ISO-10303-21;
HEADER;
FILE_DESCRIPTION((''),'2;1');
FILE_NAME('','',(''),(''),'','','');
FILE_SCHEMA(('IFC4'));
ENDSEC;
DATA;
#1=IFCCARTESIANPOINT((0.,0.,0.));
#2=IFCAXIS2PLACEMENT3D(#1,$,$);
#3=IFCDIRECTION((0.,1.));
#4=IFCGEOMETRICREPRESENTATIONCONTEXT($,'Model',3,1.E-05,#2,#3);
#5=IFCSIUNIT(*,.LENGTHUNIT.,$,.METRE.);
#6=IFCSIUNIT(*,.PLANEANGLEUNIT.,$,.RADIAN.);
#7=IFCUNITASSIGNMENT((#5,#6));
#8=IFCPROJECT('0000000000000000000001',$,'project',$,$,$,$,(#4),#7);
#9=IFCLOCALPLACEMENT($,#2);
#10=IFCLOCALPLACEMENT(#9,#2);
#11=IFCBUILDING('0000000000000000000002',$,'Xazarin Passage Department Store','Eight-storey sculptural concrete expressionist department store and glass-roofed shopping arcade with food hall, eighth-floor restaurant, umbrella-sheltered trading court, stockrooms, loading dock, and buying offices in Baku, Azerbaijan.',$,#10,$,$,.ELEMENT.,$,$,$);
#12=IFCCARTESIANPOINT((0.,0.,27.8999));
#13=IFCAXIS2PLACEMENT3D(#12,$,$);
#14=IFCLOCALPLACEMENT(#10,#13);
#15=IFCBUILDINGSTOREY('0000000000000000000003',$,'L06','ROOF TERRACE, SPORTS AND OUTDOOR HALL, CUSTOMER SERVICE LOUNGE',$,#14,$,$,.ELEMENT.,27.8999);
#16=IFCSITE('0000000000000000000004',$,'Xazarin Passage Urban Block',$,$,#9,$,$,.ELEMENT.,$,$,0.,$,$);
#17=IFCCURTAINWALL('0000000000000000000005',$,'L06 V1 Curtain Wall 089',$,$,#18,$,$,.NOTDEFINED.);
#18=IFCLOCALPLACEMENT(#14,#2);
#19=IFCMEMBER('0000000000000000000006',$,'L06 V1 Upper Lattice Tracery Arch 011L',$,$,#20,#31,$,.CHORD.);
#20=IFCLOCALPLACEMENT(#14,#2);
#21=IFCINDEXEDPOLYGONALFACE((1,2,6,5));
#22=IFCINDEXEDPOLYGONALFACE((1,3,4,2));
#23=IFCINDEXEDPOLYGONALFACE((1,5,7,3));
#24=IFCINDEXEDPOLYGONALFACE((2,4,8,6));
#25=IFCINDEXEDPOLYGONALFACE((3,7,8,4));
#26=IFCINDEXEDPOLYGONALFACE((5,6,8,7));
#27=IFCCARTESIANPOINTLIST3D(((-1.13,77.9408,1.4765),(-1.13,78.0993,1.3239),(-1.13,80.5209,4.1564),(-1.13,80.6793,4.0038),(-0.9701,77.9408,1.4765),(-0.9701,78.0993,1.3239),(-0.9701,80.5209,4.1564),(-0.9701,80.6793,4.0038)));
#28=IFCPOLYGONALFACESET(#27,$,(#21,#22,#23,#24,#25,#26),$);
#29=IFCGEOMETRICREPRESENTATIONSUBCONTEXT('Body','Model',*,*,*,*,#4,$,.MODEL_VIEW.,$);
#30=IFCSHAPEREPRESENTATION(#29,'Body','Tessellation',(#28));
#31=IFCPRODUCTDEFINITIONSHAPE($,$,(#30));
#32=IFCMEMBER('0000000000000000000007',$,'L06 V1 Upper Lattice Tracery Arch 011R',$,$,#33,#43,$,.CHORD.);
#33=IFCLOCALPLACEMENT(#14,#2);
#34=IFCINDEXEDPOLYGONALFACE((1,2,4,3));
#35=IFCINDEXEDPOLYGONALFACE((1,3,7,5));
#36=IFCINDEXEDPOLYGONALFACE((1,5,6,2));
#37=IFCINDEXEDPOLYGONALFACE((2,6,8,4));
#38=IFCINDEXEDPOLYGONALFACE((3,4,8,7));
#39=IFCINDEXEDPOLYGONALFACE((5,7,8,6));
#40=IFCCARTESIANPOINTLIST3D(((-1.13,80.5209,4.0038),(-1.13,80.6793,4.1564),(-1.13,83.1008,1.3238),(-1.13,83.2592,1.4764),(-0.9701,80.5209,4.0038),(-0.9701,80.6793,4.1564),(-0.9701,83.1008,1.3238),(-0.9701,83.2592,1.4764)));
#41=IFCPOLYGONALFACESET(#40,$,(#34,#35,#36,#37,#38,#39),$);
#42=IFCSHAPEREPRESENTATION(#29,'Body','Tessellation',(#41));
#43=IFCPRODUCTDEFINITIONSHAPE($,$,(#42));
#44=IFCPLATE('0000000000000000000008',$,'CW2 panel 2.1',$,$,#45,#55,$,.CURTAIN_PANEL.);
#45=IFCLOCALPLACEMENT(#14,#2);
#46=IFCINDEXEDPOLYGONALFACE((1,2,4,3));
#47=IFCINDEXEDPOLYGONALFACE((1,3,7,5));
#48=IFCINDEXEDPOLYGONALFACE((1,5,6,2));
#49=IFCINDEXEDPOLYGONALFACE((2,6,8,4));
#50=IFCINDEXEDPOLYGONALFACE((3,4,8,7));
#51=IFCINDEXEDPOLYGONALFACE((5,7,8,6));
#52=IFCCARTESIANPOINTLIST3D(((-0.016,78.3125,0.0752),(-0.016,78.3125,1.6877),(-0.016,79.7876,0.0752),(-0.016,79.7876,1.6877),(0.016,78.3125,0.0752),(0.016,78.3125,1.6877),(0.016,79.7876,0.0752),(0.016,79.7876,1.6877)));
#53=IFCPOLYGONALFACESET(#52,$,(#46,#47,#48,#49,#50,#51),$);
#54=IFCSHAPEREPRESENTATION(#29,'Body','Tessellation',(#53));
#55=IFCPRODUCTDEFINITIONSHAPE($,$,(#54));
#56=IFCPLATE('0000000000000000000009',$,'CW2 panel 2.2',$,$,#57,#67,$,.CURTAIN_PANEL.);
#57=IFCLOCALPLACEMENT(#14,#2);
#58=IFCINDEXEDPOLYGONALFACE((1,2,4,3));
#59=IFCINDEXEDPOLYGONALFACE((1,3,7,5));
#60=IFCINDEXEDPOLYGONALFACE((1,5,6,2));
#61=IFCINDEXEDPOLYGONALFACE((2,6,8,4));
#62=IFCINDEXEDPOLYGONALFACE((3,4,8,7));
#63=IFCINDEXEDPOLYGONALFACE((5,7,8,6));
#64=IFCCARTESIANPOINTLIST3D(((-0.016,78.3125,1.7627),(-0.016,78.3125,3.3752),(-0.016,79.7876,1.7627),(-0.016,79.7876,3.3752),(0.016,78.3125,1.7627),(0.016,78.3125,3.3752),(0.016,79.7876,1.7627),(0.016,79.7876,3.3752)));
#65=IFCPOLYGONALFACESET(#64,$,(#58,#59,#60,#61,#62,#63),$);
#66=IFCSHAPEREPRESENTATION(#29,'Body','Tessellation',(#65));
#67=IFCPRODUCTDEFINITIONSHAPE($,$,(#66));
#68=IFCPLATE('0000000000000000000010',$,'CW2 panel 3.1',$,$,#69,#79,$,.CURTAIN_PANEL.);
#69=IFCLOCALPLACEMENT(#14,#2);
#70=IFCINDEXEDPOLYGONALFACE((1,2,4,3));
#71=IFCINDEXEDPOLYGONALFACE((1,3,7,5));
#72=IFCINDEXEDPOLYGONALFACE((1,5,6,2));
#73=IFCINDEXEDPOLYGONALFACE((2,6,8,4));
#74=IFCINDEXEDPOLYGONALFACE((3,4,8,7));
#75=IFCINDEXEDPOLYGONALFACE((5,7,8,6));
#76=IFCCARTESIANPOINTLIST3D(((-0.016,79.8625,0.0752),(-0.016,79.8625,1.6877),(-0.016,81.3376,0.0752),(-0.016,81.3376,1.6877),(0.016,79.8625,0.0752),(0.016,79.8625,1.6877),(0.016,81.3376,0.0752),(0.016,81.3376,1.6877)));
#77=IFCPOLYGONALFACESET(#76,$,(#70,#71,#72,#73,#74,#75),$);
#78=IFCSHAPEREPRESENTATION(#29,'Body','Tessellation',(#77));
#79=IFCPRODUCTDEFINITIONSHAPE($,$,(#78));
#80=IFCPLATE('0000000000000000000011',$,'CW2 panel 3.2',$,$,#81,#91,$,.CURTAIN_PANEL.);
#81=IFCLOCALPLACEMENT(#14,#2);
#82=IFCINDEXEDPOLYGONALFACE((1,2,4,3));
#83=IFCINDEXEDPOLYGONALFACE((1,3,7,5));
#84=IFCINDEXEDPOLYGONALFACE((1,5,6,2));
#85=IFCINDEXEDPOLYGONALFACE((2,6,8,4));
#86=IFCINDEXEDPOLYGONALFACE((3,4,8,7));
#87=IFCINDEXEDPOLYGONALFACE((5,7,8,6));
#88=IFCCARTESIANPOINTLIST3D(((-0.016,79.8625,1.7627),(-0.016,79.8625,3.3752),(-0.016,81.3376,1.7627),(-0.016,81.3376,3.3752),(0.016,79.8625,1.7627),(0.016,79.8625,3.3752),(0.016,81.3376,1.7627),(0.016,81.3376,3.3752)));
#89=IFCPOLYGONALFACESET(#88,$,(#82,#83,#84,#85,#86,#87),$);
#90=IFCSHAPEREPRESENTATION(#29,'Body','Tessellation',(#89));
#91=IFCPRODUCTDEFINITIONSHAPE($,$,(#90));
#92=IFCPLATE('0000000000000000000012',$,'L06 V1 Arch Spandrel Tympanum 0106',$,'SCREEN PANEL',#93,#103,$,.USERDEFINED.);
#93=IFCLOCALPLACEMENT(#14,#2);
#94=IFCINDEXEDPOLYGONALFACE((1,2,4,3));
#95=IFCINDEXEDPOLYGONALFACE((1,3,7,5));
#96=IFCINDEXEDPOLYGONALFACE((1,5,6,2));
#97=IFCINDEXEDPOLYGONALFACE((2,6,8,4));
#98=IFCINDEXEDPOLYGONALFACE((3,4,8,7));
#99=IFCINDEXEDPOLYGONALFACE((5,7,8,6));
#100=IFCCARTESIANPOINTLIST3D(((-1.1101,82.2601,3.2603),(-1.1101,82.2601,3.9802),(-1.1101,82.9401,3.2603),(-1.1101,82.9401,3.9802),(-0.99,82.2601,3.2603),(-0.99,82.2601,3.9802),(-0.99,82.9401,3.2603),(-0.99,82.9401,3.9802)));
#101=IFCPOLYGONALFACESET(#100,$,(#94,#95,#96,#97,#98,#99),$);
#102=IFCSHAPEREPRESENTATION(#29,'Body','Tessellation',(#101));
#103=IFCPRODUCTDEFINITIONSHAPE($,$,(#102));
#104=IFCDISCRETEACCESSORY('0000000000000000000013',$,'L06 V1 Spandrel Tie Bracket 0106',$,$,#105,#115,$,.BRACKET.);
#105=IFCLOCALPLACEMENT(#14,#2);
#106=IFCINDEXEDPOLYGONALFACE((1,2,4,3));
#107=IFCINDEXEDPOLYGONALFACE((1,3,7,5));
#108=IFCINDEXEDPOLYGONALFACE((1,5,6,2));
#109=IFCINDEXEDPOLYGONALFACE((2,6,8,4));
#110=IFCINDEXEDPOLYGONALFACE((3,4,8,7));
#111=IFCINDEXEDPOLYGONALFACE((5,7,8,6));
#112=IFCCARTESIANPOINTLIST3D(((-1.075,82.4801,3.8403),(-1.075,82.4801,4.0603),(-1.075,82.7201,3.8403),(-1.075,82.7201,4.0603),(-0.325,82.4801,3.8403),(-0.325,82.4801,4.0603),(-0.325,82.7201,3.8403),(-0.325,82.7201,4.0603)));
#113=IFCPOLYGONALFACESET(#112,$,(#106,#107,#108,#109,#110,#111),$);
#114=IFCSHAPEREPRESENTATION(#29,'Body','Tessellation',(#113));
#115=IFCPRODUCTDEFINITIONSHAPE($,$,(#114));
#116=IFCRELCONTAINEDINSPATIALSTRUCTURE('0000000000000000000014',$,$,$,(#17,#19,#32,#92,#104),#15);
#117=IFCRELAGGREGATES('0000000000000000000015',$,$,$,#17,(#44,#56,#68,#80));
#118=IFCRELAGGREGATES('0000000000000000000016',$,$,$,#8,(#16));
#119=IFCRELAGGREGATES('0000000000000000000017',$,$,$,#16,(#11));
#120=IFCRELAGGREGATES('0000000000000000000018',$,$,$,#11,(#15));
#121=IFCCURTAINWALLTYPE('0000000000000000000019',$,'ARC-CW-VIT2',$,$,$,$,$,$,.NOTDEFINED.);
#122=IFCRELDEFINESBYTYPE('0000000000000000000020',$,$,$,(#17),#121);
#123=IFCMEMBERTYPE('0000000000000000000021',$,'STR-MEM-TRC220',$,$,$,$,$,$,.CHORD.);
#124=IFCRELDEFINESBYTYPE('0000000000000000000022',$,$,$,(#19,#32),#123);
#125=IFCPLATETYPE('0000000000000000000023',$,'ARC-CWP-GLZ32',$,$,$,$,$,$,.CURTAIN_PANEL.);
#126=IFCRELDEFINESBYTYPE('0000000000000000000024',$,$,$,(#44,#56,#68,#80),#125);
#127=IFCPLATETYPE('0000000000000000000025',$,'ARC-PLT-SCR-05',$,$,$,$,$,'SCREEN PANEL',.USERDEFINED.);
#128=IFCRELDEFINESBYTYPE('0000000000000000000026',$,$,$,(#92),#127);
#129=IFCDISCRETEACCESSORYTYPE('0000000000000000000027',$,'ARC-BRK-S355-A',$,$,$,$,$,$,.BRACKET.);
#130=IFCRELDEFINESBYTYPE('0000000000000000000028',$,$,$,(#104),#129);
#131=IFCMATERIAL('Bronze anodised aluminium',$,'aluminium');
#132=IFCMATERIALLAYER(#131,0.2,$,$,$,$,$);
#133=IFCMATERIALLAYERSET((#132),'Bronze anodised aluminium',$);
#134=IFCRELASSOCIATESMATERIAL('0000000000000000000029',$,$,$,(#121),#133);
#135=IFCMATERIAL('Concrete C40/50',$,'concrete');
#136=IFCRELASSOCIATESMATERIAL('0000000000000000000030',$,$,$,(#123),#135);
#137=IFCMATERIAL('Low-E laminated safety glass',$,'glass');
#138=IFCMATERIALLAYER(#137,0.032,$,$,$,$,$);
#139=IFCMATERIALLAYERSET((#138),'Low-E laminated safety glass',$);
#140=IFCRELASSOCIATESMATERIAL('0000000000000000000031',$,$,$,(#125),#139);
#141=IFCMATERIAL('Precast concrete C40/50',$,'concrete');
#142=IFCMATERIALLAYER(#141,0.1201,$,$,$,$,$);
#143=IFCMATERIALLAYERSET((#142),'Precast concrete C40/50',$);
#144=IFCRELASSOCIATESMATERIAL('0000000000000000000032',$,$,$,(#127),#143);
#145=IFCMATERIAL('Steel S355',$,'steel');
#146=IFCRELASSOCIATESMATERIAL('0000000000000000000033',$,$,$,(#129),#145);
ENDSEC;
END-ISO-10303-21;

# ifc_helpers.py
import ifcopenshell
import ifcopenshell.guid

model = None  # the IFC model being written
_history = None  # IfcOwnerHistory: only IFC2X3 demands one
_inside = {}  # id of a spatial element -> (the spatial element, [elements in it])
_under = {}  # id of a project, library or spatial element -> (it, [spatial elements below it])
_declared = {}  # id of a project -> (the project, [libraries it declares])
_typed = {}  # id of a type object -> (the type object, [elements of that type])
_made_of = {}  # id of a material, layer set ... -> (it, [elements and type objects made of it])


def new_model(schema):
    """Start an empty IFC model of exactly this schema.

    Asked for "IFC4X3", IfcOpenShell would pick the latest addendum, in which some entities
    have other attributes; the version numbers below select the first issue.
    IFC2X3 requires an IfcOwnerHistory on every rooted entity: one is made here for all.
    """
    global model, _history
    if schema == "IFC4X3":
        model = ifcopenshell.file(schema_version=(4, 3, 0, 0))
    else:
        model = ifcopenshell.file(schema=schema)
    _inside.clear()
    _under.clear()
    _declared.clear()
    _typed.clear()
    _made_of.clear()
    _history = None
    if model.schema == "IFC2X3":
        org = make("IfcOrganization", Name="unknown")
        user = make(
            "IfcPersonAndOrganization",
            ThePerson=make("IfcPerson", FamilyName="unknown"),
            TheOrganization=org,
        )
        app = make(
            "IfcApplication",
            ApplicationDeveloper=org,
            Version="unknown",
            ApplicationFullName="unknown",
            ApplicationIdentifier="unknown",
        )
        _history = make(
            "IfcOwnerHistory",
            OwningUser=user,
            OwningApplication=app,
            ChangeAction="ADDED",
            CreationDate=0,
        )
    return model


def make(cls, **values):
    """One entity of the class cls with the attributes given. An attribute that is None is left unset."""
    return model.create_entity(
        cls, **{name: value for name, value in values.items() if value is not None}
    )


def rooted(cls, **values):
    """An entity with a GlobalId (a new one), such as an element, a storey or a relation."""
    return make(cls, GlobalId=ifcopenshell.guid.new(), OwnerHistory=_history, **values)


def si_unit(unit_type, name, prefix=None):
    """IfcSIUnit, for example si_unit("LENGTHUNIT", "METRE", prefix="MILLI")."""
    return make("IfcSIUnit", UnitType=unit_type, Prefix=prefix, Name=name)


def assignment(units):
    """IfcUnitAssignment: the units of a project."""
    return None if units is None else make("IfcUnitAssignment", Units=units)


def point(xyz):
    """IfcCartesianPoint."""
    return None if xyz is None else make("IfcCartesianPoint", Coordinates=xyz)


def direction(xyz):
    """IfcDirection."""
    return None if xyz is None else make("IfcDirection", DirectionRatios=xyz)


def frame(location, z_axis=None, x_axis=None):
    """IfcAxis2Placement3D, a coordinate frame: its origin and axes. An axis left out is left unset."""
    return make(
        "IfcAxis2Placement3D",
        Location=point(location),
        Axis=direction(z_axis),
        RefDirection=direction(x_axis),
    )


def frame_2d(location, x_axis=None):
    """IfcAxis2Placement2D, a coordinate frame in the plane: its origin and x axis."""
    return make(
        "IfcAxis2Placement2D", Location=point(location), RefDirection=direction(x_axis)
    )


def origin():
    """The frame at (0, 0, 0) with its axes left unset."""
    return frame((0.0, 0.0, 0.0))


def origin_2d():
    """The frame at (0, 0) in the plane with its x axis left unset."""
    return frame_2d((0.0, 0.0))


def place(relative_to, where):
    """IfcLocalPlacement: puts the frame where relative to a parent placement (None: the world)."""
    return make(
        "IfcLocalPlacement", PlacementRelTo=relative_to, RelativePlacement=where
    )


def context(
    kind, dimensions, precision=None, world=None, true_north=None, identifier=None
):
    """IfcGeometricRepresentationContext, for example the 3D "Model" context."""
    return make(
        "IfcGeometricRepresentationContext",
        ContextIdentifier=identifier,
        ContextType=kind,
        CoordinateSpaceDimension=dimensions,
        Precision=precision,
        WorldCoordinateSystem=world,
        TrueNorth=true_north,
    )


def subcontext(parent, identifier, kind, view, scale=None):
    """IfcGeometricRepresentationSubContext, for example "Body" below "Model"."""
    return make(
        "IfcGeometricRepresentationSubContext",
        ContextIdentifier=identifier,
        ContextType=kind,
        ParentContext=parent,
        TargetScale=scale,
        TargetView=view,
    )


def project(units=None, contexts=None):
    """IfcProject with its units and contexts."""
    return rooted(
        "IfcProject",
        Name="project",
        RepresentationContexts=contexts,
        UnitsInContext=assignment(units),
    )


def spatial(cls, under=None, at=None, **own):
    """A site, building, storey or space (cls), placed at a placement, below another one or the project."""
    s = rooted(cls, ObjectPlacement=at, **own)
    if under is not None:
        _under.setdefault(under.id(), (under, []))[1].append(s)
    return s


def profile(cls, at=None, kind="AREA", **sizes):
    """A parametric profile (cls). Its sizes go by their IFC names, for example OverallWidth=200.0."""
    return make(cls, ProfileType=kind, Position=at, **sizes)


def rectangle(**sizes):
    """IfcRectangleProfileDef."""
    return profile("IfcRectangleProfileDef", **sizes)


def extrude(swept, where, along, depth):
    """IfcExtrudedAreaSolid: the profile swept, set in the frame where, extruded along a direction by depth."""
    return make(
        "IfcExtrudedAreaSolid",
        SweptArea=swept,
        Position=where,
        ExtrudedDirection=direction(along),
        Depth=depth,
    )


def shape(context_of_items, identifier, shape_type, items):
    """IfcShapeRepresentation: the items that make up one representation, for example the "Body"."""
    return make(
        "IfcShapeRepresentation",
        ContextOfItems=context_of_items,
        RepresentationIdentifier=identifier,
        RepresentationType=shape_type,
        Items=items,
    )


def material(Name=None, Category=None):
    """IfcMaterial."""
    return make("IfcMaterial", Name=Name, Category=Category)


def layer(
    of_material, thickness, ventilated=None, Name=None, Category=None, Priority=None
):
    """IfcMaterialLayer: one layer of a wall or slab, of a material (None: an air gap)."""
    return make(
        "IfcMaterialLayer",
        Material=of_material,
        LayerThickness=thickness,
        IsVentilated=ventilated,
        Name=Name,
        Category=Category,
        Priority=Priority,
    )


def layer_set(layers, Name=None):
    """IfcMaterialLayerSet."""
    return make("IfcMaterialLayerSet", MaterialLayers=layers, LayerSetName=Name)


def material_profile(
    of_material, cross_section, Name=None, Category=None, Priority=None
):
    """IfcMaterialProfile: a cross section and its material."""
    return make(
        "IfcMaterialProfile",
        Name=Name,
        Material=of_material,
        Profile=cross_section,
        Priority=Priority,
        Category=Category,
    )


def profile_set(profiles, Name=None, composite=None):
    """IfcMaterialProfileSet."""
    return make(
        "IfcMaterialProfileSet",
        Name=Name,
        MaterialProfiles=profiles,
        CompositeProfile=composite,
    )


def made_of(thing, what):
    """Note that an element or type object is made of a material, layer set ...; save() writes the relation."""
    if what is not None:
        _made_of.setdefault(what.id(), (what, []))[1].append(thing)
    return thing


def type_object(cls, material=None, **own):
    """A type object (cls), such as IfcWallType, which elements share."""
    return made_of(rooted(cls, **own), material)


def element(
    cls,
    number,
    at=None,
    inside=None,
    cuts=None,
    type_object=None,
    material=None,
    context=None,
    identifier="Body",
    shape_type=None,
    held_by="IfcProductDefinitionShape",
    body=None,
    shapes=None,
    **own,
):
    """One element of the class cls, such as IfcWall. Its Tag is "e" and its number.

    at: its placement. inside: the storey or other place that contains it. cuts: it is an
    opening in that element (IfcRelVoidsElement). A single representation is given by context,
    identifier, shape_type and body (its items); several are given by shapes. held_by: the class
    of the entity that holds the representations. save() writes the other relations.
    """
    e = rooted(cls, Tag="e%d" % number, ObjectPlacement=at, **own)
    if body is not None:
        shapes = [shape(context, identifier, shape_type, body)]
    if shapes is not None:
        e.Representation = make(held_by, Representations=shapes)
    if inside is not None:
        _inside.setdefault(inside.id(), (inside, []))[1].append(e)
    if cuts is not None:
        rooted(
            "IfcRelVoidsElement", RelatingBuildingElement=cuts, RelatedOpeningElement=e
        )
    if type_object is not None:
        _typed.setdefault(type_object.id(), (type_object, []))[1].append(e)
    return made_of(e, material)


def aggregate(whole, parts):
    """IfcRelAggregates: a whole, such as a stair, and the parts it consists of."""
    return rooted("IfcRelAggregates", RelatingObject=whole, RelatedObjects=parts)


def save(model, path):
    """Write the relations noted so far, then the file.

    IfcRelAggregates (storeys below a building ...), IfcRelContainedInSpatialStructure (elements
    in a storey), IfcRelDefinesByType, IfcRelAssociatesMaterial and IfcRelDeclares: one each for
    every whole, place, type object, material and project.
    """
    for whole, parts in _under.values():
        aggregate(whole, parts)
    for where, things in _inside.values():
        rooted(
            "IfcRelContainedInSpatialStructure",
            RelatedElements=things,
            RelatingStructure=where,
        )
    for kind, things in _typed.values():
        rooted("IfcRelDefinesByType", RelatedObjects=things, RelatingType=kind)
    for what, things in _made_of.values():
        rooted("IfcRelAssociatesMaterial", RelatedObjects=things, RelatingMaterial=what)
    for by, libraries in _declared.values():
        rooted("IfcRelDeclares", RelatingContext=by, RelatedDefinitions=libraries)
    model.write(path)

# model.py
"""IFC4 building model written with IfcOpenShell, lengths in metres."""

from ifc_helpers import new_model, si_unit, direction, frame, origin, origin_2d, place, context, subcontext, project, spatial, rectangle, extrude, material, layer, layer_set, material_profile, profile_set, type_object, element, aggregate, save


model = new_model("IFC4")

# Units and contexts
model_context = context("Model", 3, precision=1e-05, world=origin(), true_north=direction((0.0, 1.0)))
body_context = subcontext(model_context, "Body", "Model", "MODEL_VIEW")
ifc_project = project(units=[si_unit("LENGTHUNIT", "METRE"), si_unit("PLANEANGLEUNIT", "RADIAN")], contexts=[model_context])

# Site, building, storey
site_placement = place(None, origin())
site = spatial("IfcSite", under=ifc_project, at=site_placement, Name="Xazarin Passage Urban Block", CompositionType="ELEMENT", RefElevation=0.0)
building_placement = place(site_placement, origin())
building = spatial("IfcBuilding", under=site, at=building_placement, Name="Xazarin Passage Department Store", Description="Eight-storey sculptural concrete expressionist department store and glass-roofed shopping arcade with food hall, eighth-floor restaurant, umbrella-sheltered trading court, stockrooms, loading dock, and buying offices in Baku, Azerbaijan.", CompositionType="ELEMENT")
storey_placement = place(building_placement, frame((0.0, 0.0, 27.8999)))
storey = spatial("IfcBuildingStorey", under=building, at=storey_placement, Name="L06", Description="ROOF TERRACE, SPORTS AND OUTDOOR HALL, CUSTOMER SERVICE LOUNGE", CompositionType="ELEMENT", Elevation=27.8999)

# Shared definitions
ifc_material_1 = material(Name="Concrete C40/50", Category="concrete")

# Curtain wall
ifc_material_2 = material(Name="Bronze anodised aluminium", Category="aluminium")
ifc_layer_1 = layer(ifc_material_2, 0.2)
ifc_layer_set_1 = layer_set([ifc_layer_1], Name="Bronze anodised aluminium")
curtain_wall_type = type_object("IfcCurtainWallType", Name="ARC-CW-VIT2", PredefinedType="NOTDEFINED", material=ifc_layer_set_1)
curtain_wall_placement = place(storey_placement, origin())
curtain_wall = element("IfcCurtainWall", 1, at=curtain_wall_placement, inside=storey, type_object=curtain_wall_type, Name="L06 V1 Curtain Wall 089", PredefinedType="NOTDEFINED")

# Members
ifc_material_profile_1 = material_profile(ifc_material_1, rectangle(XDim=0.1599, YDim=0.22, at=origin_2d()), Name="RC 160x220")
ifc_profile_set_1 = profile_set([ifc_material_profile_1], Name="Concrete C40/50")
member_type_1 = type_object("IfcMemberType", Name="STR-MEM-TRC220", PredefinedType="CHORD", material=ifc_profile_set_1)
for number, where, z_axis, x_axis, name in (
    (2, (-1.05, 80.6001, 4.0801), (0.0, -0.693558, -0.7204), (1.0, 0.0, 0.0), "L06 V1 Upper Lattice Tracery Arch 011L"),
    (3, (-1.05, 80.6001, 4.0801), (0.0, 0.693524, -0.720433), (-1.0, 0.0, 0.0), "L06 V1 Upper Lattice Tracery Arch 011R"),
):
    element("IfcMember", number, at=place(storey_placement, frame(where, z_axis=z_axis, x_axis=x_axis)), inside=storey, type_object=member_type_1, Name=name, PredefinedType="CHORD", context=body_context, shape_type="SweptSolid", body=[
        extrude(rectangle(XDim=0.1599, YDim=0.22, at=origin_2d()), origin(), (0.0, 0.0, 1.0), 3.72),
    ])

# Plates
ifc_material_3 = material(Name="Low-E laminated safety glass", Category="glass")
ifc_layer_2 = layer(ifc_material_3, 0.032)
ifc_layer_set_2 = layer_set([ifc_layer_2], Name="Low-E laminated safety glass")
plate_type_1 = type_object("IfcPlateType", Name="ARC-CWP-GLZ32", PredefinedType="CURTAIN_PANEL", material=ifc_layer_set_2)
plate_1_placement = place(storey_placement, frame((0.0, 79.05, 0.0752), z_axis=(0.0, 0.0, 1.0), x_axis=(0.0, 1.0, 0.0)))
plate_1 = element("IfcPlate", 4, at=plate_1_placement, type_object=plate_type_1, Name="CW2 panel 2.1", PredefinedType="CURTAIN_PANEL", context=body_context, shape_type="SweptSolid", body=[
    extrude(rectangle(XDim=1.4751, YDim=0.032, at=origin_2d()), origin(), (0.0, 0.0, 1.0), 1.6125),
])
plate_2_placement = place(storey_placement, frame((0.0, 79.05, 1.7627), z_axis=(0.0, 0.0, 1.0), x_axis=(0.0, 1.0, 0.0)))
plate_2 = element("IfcPlate", 5, at=plate_2_placement, type_object=plate_type_1, Name="CW2 panel 2.2", PredefinedType="CURTAIN_PANEL", context=body_context, shape_type="SweptSolid", body=[
    extrude(rectangle(XDim=1.4751, YDim=0.032, at=origin_2d()), origin(), (0.0, 0.0, 1.0), 1.6125),
])
plate_3_placement = place(storey_placement, frame((0.0, 80.6001, 0.0752), z_axis=(0.0, 0.0, 1.0), x_axis=(0.0, 1.0, 0.0)))
plate_3 = element("IfcPlate", 6, at=plate_3_placement, type_object=plate_type_1, Name="CW2 panel 3.1", PredefinedType="CURTAIN_PANEL", context=body_context, shape_type="SweptSolid", body=[
    extrude(rectangle(XDim=1.4751, YDim=0.032, at=origin_2d()), origin(), (0.0, 0.0, 1.0), 1.6125),
])
plate_4_placement = place(storey_placement, frame((0.0, 80.6001, 1.7627), z_axis=(0.0, 0.0, 1.0), x_axis=(0.0, 1.0, 0.0)))
plate_4 = element("IfcPlate", 7, at=plate_4_placement, type_object=plate_type_1, Name="CW2 panel 3.2", PredefinedType="CURTAIN_PANEL", context=body_context, shape_type="SweptSolid", body=[
    extrude(rectangle(XDim=1.4751, YDim=0.032, at=origin_2d()), origin(), (0.0, 0.0, 1.0), 1.6125),
])
aggregate(curtain_wall, [plate_1, plate_2, plate_3, plate_4])
ifc_material_4 = material(Name="Precast concrete C40/50", Category="concrete")
ifc_layer_3 = layer(ifc_material_4, 0.1201)
ifc_layer_set_3 = layer_set([ifc_layer_3], Name="Precast concrete C40/50")
plate_type_2 = type_object("IfcPlateType", Name="ARC-PLT-SCR-05", ElementType="SCREEN PANEL", PredefinedType="USERDEFINED", material=ifc_layer_set_3)
plate_5_placement = place(storey_placement, frame((-1.05, 82.6001, 3.2603), z_axis=(0.0, 0.0, 1.0), x_axis=(0.0, 1.0, 0.0)))
element("IfcPlate", 8, at=plate_5_placement, inside=storey, type_object=plate_type_2, Name="L06 V1 Arch Spandrel Tympanum 0106", ObjectType="SCREEN PANEL", PredefinedType="USERDEFINED", context=body_context, shape_type="SweptSolid", body=[
    extrude(rectangle(XDim=0.6799, YDim=0.1201, at=origin_2d()), origin(), (0.0, 0.0, 1.0), 0.72),
])

# Discrete accessory
ifc_material_5 = material(Name="Steel S355", Category="steel")
discrete_accessory_type = type_object("IfcDiscreteAccessoryType", Name="ARC-BRK-S355-A", PredefinedType="BRACKET", material=ifc_material_5)
discrete_accessory_placement = place(storey_placement, frame((-0.7, 82.6001, 3.8403), z_axis=(0.0, 0.0, 1.0), x_axis=(0.0, 1.0, 0.0)))
element("IfcDiscreteAccessory", 9, at=discrete_accessory_placement, inside=storey, type_object=discrete_accessory_type, Name="L06 V1 Spandrel Tie Bracket 0106", PredefinedType="BRACKET", context=body_context, shape_type="SweptSolid", body=[
    extrude(rectangle(XDim=0.24, YDim=0.75, at=origin_2d()), origin(), (0.0, 0.0, 1.0), 0.22),
])

save(model, "model.ifc")
